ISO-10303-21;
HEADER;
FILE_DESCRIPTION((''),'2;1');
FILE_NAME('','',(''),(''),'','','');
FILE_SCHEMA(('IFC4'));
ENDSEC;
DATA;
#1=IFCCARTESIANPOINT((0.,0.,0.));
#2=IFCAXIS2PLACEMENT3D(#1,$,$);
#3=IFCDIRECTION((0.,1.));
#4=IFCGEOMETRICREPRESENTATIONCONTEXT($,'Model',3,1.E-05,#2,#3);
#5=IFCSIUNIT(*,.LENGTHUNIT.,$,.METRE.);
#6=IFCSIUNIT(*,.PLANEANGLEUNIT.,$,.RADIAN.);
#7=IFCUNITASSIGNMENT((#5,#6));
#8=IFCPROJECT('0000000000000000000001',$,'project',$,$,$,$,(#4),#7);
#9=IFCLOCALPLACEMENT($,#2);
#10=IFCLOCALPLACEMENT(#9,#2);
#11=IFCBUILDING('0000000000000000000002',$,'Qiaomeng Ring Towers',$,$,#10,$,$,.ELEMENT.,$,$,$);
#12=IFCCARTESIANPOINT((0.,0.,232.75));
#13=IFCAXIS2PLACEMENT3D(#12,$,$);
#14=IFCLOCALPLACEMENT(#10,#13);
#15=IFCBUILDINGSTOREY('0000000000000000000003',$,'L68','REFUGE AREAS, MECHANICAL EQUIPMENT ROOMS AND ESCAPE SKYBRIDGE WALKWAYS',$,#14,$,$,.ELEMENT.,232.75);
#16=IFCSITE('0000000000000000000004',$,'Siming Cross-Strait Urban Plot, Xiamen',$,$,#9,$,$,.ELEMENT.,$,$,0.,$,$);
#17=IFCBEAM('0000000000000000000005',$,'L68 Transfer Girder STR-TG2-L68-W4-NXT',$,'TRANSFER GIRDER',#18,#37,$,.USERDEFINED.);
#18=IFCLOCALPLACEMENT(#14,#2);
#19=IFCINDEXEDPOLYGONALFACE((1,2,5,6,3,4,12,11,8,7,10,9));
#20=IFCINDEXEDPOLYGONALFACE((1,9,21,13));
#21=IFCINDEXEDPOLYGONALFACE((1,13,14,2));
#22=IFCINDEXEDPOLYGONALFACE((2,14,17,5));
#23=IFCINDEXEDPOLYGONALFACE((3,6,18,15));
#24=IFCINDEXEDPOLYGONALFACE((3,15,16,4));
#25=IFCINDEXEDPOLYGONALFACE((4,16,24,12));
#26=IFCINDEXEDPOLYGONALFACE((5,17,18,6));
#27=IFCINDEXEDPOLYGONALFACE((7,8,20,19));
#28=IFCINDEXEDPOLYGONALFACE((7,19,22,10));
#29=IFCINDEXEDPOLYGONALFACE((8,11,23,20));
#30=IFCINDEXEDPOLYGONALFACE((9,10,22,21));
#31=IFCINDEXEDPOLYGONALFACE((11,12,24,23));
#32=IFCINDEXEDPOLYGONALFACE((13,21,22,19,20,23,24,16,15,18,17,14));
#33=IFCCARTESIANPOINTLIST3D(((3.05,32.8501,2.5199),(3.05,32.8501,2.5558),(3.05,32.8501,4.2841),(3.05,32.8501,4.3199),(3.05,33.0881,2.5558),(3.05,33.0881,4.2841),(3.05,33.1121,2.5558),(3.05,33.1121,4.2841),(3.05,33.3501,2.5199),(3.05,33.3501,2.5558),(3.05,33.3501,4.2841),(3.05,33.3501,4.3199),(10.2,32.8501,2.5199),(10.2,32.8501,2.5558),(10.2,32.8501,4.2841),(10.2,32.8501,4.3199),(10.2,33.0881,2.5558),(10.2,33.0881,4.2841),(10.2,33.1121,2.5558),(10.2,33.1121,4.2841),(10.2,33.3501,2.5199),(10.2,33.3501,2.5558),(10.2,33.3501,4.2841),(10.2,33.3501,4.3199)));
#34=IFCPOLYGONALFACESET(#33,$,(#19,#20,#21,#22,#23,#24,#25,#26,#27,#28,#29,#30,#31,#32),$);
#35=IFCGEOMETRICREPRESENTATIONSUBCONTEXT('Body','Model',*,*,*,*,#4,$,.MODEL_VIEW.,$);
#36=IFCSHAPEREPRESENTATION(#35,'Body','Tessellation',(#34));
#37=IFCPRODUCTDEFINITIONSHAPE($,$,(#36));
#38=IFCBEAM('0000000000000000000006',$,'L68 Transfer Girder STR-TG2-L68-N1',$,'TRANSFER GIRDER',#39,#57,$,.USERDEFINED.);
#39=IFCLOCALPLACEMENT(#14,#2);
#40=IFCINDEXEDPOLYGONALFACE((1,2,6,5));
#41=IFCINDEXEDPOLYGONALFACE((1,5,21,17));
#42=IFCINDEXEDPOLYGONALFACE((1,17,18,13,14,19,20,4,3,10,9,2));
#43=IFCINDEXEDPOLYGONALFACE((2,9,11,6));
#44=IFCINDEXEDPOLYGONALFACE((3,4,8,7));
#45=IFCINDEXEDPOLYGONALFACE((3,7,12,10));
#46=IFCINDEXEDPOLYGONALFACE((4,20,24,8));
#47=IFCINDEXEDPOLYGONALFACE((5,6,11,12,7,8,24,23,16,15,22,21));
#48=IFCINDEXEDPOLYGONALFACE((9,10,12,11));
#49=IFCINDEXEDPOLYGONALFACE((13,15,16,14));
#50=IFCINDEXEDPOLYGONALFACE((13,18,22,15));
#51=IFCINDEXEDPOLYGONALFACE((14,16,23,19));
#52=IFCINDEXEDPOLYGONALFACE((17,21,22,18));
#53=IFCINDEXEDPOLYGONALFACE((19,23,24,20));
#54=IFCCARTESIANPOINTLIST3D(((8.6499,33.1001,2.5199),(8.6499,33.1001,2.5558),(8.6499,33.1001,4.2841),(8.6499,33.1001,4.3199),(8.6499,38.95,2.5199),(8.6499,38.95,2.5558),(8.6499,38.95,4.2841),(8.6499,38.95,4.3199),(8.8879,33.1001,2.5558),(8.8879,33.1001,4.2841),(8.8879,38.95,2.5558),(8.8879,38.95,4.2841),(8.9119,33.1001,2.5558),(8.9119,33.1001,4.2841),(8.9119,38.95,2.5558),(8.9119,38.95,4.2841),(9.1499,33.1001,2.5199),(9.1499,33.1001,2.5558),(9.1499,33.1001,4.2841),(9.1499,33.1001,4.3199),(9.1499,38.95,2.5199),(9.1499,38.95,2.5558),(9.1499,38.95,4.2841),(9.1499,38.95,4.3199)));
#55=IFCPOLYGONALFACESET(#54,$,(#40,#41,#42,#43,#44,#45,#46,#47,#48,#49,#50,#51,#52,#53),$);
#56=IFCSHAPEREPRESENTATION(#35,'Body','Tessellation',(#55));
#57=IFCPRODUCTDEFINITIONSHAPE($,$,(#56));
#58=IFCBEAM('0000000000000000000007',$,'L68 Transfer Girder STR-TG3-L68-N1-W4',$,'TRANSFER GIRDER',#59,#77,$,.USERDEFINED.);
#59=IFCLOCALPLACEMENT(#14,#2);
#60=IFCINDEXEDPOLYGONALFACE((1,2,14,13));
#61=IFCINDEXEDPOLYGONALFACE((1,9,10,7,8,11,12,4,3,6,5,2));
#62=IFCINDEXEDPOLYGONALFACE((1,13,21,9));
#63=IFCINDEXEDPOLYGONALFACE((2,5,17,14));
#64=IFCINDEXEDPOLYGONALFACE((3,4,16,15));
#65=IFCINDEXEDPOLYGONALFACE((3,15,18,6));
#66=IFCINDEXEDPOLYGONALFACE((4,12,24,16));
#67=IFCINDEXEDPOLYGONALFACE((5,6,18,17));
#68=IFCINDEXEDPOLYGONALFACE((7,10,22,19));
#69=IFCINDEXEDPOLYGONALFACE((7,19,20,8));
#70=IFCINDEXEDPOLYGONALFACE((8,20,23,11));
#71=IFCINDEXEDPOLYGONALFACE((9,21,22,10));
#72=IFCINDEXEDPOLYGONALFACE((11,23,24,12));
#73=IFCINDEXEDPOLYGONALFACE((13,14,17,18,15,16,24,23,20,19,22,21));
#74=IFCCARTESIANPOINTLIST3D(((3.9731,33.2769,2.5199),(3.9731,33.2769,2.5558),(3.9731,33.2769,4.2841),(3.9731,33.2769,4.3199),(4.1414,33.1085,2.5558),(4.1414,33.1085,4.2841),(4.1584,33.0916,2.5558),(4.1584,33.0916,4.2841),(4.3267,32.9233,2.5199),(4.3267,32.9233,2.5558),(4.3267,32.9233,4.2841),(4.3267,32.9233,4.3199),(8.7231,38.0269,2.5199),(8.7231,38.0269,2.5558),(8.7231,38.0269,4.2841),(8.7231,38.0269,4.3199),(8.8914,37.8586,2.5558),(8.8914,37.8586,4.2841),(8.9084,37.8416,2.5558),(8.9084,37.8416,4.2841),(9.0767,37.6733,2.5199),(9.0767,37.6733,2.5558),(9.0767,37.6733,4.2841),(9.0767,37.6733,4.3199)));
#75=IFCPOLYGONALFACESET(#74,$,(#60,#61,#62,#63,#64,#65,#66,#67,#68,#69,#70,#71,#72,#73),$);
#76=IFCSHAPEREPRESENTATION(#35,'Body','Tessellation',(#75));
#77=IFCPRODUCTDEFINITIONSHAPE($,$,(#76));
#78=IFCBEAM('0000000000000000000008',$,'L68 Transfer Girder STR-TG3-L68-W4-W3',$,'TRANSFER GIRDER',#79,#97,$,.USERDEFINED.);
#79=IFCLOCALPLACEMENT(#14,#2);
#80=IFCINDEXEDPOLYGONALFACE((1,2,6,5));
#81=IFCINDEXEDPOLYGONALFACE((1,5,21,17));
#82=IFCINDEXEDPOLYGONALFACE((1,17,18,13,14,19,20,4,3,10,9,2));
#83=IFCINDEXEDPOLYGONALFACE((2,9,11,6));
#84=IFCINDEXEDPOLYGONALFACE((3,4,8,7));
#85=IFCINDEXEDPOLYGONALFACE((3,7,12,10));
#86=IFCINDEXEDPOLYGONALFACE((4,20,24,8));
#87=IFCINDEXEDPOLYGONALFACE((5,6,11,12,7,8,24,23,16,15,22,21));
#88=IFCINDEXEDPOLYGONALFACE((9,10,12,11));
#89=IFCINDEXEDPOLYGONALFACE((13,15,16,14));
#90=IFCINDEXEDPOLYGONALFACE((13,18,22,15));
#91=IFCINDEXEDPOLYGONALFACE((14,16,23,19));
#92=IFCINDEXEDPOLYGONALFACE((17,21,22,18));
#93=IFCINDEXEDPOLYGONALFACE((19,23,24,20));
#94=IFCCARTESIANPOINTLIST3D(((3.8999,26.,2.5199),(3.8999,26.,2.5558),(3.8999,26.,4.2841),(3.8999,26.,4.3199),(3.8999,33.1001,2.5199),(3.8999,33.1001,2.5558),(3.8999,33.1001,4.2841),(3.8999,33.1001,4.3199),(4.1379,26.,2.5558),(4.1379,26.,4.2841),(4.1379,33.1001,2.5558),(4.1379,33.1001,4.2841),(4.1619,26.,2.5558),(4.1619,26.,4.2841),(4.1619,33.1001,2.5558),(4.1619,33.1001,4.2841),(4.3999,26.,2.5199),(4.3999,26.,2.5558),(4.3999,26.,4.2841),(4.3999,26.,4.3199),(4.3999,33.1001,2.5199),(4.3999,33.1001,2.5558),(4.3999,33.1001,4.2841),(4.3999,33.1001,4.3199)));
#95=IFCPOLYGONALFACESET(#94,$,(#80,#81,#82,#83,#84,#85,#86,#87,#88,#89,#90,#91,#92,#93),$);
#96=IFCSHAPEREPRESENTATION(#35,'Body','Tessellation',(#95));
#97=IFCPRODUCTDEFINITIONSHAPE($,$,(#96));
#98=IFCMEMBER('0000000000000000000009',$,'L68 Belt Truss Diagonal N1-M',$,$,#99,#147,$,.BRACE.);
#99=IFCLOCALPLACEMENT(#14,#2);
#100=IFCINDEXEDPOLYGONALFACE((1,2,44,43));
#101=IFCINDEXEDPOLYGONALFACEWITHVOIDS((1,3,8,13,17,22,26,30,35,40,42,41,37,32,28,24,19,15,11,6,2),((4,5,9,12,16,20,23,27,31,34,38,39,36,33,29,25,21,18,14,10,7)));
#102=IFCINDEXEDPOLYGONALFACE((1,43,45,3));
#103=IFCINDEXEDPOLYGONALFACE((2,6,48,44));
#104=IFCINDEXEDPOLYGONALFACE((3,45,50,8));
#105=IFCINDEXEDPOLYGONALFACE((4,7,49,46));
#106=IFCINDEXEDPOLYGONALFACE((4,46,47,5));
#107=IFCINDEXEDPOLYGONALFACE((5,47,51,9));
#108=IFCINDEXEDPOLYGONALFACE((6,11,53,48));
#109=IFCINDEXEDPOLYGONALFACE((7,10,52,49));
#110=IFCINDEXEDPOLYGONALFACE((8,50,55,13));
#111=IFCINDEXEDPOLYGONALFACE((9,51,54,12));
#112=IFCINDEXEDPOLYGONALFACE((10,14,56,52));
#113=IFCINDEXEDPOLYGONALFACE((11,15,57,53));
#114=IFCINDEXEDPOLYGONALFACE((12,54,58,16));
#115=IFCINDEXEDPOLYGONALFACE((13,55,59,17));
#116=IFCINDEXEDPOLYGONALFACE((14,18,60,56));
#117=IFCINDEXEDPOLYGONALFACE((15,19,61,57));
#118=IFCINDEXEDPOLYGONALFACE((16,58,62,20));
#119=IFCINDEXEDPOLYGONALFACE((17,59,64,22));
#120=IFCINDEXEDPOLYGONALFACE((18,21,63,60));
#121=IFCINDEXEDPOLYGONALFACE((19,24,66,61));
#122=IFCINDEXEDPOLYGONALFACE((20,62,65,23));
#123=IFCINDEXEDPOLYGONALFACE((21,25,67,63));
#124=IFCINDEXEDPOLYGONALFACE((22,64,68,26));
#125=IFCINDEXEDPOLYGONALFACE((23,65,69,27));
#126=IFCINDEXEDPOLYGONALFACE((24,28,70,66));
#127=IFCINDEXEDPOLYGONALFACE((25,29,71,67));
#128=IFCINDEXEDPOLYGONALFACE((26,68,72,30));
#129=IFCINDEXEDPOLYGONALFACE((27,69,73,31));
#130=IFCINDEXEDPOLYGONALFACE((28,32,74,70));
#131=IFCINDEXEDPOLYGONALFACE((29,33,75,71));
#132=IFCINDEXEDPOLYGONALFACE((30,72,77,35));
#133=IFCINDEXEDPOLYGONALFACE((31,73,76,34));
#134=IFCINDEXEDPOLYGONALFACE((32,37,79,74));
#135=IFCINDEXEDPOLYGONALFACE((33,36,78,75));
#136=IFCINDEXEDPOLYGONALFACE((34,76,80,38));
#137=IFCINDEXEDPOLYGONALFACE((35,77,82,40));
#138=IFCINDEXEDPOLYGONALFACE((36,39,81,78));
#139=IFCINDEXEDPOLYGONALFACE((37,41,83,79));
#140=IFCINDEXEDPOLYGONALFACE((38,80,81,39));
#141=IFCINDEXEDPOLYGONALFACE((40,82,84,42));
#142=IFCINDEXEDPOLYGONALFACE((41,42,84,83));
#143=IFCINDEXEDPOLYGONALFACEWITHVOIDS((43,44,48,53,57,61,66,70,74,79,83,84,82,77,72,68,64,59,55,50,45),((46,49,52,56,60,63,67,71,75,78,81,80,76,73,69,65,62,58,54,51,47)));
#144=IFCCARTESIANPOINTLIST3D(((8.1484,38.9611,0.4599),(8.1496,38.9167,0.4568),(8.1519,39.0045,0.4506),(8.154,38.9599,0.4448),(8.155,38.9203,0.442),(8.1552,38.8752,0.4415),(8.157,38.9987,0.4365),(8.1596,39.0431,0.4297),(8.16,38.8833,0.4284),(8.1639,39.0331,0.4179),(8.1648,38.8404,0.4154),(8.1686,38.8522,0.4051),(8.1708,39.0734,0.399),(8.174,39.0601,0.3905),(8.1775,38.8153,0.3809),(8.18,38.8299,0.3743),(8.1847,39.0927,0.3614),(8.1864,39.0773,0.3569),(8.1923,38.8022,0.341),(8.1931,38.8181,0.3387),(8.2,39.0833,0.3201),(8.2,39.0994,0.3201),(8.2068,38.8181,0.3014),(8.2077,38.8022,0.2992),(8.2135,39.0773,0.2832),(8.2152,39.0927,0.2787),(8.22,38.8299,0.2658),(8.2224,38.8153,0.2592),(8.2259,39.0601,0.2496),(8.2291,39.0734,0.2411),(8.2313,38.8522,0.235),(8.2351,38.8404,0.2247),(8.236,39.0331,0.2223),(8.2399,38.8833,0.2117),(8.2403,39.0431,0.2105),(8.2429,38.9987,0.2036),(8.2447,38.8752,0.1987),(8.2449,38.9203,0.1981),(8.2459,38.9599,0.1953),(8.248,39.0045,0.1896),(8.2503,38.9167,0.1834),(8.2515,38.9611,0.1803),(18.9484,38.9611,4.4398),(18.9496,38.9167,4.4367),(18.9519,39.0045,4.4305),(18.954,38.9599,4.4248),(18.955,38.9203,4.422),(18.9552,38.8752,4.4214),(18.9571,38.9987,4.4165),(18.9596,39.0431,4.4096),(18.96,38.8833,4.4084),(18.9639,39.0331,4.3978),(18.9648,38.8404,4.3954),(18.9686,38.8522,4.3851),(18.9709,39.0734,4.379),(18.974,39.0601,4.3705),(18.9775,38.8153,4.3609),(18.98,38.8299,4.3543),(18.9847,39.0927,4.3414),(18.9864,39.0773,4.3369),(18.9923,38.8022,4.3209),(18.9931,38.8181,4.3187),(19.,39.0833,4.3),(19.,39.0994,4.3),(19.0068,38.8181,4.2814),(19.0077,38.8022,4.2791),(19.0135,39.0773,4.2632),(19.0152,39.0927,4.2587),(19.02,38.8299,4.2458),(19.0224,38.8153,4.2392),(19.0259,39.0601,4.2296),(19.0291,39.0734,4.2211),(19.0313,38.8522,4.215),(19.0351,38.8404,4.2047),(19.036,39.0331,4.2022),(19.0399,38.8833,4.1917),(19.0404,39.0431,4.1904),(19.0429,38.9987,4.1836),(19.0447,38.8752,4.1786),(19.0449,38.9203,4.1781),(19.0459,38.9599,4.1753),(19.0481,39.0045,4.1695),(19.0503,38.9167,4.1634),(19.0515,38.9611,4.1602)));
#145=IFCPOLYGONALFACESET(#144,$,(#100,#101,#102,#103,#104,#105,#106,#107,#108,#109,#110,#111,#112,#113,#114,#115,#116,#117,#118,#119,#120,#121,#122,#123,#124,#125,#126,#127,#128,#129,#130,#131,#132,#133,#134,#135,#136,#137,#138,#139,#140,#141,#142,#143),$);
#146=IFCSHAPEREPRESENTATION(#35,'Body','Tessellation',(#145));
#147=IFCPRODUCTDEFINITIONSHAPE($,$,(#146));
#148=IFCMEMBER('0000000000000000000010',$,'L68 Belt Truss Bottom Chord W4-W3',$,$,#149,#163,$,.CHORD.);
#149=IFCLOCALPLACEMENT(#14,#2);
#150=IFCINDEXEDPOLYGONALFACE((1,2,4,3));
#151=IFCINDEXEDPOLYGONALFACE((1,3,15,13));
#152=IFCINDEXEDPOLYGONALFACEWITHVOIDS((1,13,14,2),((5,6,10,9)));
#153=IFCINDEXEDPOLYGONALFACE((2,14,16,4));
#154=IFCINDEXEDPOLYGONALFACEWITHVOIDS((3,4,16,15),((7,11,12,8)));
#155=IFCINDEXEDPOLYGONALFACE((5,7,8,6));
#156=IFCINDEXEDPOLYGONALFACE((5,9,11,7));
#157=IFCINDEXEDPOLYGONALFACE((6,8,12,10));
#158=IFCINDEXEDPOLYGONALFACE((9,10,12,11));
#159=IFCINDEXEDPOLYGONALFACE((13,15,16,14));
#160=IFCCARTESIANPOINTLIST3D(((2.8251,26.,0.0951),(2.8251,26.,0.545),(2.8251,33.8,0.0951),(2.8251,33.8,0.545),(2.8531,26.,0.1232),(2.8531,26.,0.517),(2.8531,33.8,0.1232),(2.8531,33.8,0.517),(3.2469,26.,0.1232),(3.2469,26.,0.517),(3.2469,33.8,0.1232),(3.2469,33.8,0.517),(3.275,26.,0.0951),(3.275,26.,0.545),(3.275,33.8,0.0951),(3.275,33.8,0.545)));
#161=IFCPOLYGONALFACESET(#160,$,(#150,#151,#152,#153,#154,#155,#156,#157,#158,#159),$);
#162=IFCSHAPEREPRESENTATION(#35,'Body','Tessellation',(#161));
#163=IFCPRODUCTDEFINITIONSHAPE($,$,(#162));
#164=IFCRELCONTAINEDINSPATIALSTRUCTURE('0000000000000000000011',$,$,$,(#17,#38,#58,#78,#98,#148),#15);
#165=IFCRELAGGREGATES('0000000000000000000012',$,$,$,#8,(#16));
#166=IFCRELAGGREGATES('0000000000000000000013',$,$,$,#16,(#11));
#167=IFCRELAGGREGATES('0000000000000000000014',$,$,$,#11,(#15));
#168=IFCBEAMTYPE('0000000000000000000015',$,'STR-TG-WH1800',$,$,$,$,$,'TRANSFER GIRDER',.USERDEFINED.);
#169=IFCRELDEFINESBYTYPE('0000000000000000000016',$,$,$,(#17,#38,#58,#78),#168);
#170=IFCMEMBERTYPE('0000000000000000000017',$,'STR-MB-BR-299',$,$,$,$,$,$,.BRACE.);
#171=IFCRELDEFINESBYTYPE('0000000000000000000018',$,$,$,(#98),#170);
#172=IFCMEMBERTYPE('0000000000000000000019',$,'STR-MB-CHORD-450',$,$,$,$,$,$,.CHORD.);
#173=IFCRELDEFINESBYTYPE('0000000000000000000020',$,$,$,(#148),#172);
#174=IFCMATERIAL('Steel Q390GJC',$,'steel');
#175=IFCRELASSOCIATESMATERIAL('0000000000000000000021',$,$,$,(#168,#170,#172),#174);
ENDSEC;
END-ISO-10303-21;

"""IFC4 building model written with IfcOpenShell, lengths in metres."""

from ifc_helpers import new_model, si_unit, direction, frame, origin, origin_2d, place, context, subcontext, project, spatial, hollow_rectangle, hollow_circle, i_section, extrude, source, transform, mapped, material, material_profile, profile_set, type_object, element, save


model = new_model("IFC4")

# Units and contexts
model_context = context("Model", 3, precision=1e-05, world=origin(), true_north=direction((0.0, 1.0)))
body_context = subcontext(model_context, "Body", "Model", "MODEL_VIEW")
ifc_project = project(units=[si_unit("LENGTHUNIT", "METRE"), si_unit("PLANEANGLEUNIT", "RADIAN")], contexts=[model_context])

# Site, building, storey
site_placement = place(None, origin())
site = spatial("IfcSite", under=ifc_project, at=site_placement, Name="Siming Cross-Strait Urban Plot, Xiamen", CompositionType="ELEMENT", RefElevation=0.0)
building_placement = place(site_placement, origin())
building = spatial("IfcBuilding", under=site, at=building_placement, Name="Qiaomeng Ring Towers", CompositionType="ELEMENT")
storey_placement = place(building_placement, frame((0.0, 0.0, 232.75)))
storey = spatial("IfcBuildingStorey", under=building, at=storey_placement, Name="L68", Description="REFUGE AREAS, MECHANICAL EQUIPMENT ROOMS AND ESCAPE SKYBRIDGE WALKWAYS", CompositionType="ELEMENT", Elevation=232.75)

# Beams
ifc_material_1 = material(Name="Steel Q390GJC", Category="steel")
ifc_material_profile_1 = material_profile(ifc_material_1, i_section(OverallWidth=0.5, OverallDepth=1.8, WebThickness=0.0239, FlangeThickness=0.0359, at=origin_2d()), Name="WH 1800x500x24x36")
ifc_profile_set_1 = profile_set([ifc_material_profile_1], Name="Steel Q390GJC")
beam_type_1 = type_object("IfcBeamType", Name="STR-TG-WH1800", ElementType="TRANSFER GIRDER", PredefinedType="USERDEFINED", material=ifc_profile_set_1)
shared_shape_1 = source(origin(), body_context, "Body", "SweptSolid", [
    extrude(i_section(OverallWidth=0.5, OverallDepth=1.8, WebThickness=0.0239, FlangeThickness=0.0359, at=origin_2d()), origin(), (0.0, 0.0, 1.0), 7.1499),
])
beam_1_placement = place(storey_placement, frame((3.05, 33.1001, 3.4199), z_axis=(1.0, 0.0, 0.0), x_axis=(0.0, 1.0, 0.0)))
element("IfcBeam", 1, at=beam_1_placement, inside=storey, type_object=beam_type_1, Name="L68 Transfer Girder STR-TG2-L68-W4-NXT", ObjectType="TRANSFER GIRDER", PredefinedType="USERDEFINED", context=body_context, shape_type="MappedRepresentation", body=[
    mapped(shared_shape_1, transform((0.0, 0.0, 0.0), x_axis=(1.0, 0.0, 0.0), y_axis=(0.0, 1.0, 0.0), z_axis=(0.0, 0.0, 1.0), scale=1.0)),
])
shared_shape_2 = source(origin(), body_context, "Body", "SweptSolid", [
    extrude(i_section(OverallWidth=0.5, OverallDepth=1.8, WebThickness=0.0239, FlangeThickness=0.0359, at=origin_2d()), origin(), (0.0, 0.0, 1.0), 5.8499),
])
beam_2_placement = place(storey_placement, frame((8.8999, 38.95, 3.4199), z_axis=(0.0, -1.0, 0.0), x_axis=(1.0, 0.0, 0.0)))
element("IfcBeam", 2, at=beam_2_placement, inside=storey, type_object=beam_type_1, Name="L68 Transfer Girder STR-TG2-L68-N1", ObjectType="TRANSFER GIRDER", PredefinedType="USERDEFINED", context=body_context, shape_type="MappedRepresentation", body=[
    mapped(shared_shape_2, transform((0.0, 0.0, 0.0), x_axis=(1.0, 0.0, 0.0), y_axis=(0.0, 1.0, 0.0), z_axis=(0.0, 0.0, 1.0), scale=1.0)),
])
shared_shape_3 = source(origin(), body_context, "Body", "SweptSolid", [
    extrude(i_section(OverallWidth=0.5, OverallDepth=1.8, WebThickness=0.0239, FlangeThickness=0.0359, at=origin_2d()), origin(), (0.0, 0.0, 1.0), 6.7175),
])
beam_3_placement = place(storey_placement, frame((8.8999, 37.8501, 3.4199), z_axis=(-0.707107, -0.707107, 0.0), x_axis=(0.707107, -0.707107, 0.0)))
element("IfcBeam", 3, at=beam_3_placement, inside=storey, type_object=beam_type_1, Name="L68 Transfer Girder STR-TG3-L68-N1-W4", ObjectType="TRANSFER GIRDER", PredefinedType="USERDEFINED", context=body_context, shape_type="MappedRepresentation", body=[
    mapped(shared_shape_3, transform((0.0, 0.0, 0.0), x_axis=(1.0, 0.0, 0.0), y_axis=(0.0, 1.0, 0.0), z_axis=(0.0, 0.0, 1.0), scale=1.0)),
])
shared_shape_4 = source(origin(), body_context, "Body", "SweptSolid", [
    extrude(i_section(OverallWidth=0.5, OverallDepth=1.8, WebThickness=0.0239, FlangeThickness=0.0359, at=origin_2d()), origin(), (0.0, 0.0, 1.0), 7.1001),
])
beam_4_placement = place(storey_placement, frame((4.1499, 33.1001, 3.4199), z_axis=(0.0, -1.0, 0.0), x_axis=(1.0, 0.0, 0.0)))
element("IfcBeam", 4, at=beam_4_placement, inside=storey, type_object=beam_type_1, Name="L68 Transfer Girder STR-TG3-L68-W4-W3", ObjectType="TRANSFER GIRDER", PredefinedType="USERDEFINED", context=body_context, shape_type="MappedRepresentation", body=[
    mapped(shared_shape_4, transform((0.0, 0.0, 0.0), x_axis=(1.0, 0.0, 0.0), y_axis=(0.0, 1.0, 0.0), z_axis=(0.0, 0.0, 1.0), scale=1.0)),
])

# Members
ifc_material_profile_2 = material_profile(ifc_material_1, hollow_circle(Radius=0.1494, WallThickness=0.0161, at=origin_2d()), Name="CHS 299x16")
ifc_profile_set_2 = profile_set([ifc_material_profile_2], Name="Steel Q390GJC")
member_type_1 = type_object("IfcMemberType", Name="STR-MB-BR-299", PredefinedType="BRACE", material=ifc_profile_set_2)
shared_shape_5 = source(origin(), body_context, "Body", "SweptSolid", [
    extrude(hollow_circle(Radius=0.1494, WallThickness=0.0161, at=origin_2d()), origin(), (0.0, 0.0, 1.0), 11.51),
])
member_1_placement = place(storey_placement, frame((8.2, 38.95, 0.3201), z_axis=(0.938315, 0.0, 0.345783), x_axis=(0.0, 1.0, 0.0)))
element("IfcMember", 5, at=member_1_placement, inside=storey, type_object=member_type_1, Name="L68 Belt Truss Diagonal N1-M", PredefinedType="BRACE", context=body_context, shape_type="MappedRepresentation", body=[
    mapped(shared_shape_5, transform((0.0, 0.0, 0.0), x_axis=(1.0, 0.0, 0.0), y_axis=(0.0, 1.0, 0.0), z_axis=(0.0, 0.0, 1.0), scale=1.0)),
])
ifc_material_profile_3 = material_profile(ifc_material_1, hollow_rectangle(XDim=0.45, YDim=0.45, WallThickness=0.0281, at=origin_2d()), Name="SHS 450x450x28")
ifc_profile_set_3 = profile_set([ifc_material_profile_3], Name="Steel Q390GJC")
member_type_2 = type_object("IfcMemberType", Name="STR-MB-CHORD-450", PredefinedType="CHORD", material=ifc_profile_set_3)
shared_shape_6 = source(origin(), body_context, "Body", "SweptSolid", [
    extrude(hollow_rectangle(XDim=0.45, YDim=0.45, WallThickness=0.0281, at=origin_2d()), origin(), (0.0, 0.0, 1.0), 7.8),
])
member_2_placement = place(storey_placement, frame((3.05, 33.8, 0.3201), z_axis=(0.0, -1.0, 0.0), x_axis=(1.0, 0.0, 0.0)))
element("IfcMember", 6, at=member_2_placement, inside=storey, type_object=member_type_2, Name="L68 Belt Truss Bottom Chord W4-W3", PredefinedType="CHORD", context=body_context, shape_type="MappedRepresentation", body=[
    mapped(shared_shape_6, transform((0.0, 0.0, 0.0), x_axis=(1.0, 0.0, 0.0), y_axis=(0.0, 1.0, 0.0), z_axis=(0.0, 0.0, 1.0), scale=1.0)),
])

save(model, "model.ifc")
